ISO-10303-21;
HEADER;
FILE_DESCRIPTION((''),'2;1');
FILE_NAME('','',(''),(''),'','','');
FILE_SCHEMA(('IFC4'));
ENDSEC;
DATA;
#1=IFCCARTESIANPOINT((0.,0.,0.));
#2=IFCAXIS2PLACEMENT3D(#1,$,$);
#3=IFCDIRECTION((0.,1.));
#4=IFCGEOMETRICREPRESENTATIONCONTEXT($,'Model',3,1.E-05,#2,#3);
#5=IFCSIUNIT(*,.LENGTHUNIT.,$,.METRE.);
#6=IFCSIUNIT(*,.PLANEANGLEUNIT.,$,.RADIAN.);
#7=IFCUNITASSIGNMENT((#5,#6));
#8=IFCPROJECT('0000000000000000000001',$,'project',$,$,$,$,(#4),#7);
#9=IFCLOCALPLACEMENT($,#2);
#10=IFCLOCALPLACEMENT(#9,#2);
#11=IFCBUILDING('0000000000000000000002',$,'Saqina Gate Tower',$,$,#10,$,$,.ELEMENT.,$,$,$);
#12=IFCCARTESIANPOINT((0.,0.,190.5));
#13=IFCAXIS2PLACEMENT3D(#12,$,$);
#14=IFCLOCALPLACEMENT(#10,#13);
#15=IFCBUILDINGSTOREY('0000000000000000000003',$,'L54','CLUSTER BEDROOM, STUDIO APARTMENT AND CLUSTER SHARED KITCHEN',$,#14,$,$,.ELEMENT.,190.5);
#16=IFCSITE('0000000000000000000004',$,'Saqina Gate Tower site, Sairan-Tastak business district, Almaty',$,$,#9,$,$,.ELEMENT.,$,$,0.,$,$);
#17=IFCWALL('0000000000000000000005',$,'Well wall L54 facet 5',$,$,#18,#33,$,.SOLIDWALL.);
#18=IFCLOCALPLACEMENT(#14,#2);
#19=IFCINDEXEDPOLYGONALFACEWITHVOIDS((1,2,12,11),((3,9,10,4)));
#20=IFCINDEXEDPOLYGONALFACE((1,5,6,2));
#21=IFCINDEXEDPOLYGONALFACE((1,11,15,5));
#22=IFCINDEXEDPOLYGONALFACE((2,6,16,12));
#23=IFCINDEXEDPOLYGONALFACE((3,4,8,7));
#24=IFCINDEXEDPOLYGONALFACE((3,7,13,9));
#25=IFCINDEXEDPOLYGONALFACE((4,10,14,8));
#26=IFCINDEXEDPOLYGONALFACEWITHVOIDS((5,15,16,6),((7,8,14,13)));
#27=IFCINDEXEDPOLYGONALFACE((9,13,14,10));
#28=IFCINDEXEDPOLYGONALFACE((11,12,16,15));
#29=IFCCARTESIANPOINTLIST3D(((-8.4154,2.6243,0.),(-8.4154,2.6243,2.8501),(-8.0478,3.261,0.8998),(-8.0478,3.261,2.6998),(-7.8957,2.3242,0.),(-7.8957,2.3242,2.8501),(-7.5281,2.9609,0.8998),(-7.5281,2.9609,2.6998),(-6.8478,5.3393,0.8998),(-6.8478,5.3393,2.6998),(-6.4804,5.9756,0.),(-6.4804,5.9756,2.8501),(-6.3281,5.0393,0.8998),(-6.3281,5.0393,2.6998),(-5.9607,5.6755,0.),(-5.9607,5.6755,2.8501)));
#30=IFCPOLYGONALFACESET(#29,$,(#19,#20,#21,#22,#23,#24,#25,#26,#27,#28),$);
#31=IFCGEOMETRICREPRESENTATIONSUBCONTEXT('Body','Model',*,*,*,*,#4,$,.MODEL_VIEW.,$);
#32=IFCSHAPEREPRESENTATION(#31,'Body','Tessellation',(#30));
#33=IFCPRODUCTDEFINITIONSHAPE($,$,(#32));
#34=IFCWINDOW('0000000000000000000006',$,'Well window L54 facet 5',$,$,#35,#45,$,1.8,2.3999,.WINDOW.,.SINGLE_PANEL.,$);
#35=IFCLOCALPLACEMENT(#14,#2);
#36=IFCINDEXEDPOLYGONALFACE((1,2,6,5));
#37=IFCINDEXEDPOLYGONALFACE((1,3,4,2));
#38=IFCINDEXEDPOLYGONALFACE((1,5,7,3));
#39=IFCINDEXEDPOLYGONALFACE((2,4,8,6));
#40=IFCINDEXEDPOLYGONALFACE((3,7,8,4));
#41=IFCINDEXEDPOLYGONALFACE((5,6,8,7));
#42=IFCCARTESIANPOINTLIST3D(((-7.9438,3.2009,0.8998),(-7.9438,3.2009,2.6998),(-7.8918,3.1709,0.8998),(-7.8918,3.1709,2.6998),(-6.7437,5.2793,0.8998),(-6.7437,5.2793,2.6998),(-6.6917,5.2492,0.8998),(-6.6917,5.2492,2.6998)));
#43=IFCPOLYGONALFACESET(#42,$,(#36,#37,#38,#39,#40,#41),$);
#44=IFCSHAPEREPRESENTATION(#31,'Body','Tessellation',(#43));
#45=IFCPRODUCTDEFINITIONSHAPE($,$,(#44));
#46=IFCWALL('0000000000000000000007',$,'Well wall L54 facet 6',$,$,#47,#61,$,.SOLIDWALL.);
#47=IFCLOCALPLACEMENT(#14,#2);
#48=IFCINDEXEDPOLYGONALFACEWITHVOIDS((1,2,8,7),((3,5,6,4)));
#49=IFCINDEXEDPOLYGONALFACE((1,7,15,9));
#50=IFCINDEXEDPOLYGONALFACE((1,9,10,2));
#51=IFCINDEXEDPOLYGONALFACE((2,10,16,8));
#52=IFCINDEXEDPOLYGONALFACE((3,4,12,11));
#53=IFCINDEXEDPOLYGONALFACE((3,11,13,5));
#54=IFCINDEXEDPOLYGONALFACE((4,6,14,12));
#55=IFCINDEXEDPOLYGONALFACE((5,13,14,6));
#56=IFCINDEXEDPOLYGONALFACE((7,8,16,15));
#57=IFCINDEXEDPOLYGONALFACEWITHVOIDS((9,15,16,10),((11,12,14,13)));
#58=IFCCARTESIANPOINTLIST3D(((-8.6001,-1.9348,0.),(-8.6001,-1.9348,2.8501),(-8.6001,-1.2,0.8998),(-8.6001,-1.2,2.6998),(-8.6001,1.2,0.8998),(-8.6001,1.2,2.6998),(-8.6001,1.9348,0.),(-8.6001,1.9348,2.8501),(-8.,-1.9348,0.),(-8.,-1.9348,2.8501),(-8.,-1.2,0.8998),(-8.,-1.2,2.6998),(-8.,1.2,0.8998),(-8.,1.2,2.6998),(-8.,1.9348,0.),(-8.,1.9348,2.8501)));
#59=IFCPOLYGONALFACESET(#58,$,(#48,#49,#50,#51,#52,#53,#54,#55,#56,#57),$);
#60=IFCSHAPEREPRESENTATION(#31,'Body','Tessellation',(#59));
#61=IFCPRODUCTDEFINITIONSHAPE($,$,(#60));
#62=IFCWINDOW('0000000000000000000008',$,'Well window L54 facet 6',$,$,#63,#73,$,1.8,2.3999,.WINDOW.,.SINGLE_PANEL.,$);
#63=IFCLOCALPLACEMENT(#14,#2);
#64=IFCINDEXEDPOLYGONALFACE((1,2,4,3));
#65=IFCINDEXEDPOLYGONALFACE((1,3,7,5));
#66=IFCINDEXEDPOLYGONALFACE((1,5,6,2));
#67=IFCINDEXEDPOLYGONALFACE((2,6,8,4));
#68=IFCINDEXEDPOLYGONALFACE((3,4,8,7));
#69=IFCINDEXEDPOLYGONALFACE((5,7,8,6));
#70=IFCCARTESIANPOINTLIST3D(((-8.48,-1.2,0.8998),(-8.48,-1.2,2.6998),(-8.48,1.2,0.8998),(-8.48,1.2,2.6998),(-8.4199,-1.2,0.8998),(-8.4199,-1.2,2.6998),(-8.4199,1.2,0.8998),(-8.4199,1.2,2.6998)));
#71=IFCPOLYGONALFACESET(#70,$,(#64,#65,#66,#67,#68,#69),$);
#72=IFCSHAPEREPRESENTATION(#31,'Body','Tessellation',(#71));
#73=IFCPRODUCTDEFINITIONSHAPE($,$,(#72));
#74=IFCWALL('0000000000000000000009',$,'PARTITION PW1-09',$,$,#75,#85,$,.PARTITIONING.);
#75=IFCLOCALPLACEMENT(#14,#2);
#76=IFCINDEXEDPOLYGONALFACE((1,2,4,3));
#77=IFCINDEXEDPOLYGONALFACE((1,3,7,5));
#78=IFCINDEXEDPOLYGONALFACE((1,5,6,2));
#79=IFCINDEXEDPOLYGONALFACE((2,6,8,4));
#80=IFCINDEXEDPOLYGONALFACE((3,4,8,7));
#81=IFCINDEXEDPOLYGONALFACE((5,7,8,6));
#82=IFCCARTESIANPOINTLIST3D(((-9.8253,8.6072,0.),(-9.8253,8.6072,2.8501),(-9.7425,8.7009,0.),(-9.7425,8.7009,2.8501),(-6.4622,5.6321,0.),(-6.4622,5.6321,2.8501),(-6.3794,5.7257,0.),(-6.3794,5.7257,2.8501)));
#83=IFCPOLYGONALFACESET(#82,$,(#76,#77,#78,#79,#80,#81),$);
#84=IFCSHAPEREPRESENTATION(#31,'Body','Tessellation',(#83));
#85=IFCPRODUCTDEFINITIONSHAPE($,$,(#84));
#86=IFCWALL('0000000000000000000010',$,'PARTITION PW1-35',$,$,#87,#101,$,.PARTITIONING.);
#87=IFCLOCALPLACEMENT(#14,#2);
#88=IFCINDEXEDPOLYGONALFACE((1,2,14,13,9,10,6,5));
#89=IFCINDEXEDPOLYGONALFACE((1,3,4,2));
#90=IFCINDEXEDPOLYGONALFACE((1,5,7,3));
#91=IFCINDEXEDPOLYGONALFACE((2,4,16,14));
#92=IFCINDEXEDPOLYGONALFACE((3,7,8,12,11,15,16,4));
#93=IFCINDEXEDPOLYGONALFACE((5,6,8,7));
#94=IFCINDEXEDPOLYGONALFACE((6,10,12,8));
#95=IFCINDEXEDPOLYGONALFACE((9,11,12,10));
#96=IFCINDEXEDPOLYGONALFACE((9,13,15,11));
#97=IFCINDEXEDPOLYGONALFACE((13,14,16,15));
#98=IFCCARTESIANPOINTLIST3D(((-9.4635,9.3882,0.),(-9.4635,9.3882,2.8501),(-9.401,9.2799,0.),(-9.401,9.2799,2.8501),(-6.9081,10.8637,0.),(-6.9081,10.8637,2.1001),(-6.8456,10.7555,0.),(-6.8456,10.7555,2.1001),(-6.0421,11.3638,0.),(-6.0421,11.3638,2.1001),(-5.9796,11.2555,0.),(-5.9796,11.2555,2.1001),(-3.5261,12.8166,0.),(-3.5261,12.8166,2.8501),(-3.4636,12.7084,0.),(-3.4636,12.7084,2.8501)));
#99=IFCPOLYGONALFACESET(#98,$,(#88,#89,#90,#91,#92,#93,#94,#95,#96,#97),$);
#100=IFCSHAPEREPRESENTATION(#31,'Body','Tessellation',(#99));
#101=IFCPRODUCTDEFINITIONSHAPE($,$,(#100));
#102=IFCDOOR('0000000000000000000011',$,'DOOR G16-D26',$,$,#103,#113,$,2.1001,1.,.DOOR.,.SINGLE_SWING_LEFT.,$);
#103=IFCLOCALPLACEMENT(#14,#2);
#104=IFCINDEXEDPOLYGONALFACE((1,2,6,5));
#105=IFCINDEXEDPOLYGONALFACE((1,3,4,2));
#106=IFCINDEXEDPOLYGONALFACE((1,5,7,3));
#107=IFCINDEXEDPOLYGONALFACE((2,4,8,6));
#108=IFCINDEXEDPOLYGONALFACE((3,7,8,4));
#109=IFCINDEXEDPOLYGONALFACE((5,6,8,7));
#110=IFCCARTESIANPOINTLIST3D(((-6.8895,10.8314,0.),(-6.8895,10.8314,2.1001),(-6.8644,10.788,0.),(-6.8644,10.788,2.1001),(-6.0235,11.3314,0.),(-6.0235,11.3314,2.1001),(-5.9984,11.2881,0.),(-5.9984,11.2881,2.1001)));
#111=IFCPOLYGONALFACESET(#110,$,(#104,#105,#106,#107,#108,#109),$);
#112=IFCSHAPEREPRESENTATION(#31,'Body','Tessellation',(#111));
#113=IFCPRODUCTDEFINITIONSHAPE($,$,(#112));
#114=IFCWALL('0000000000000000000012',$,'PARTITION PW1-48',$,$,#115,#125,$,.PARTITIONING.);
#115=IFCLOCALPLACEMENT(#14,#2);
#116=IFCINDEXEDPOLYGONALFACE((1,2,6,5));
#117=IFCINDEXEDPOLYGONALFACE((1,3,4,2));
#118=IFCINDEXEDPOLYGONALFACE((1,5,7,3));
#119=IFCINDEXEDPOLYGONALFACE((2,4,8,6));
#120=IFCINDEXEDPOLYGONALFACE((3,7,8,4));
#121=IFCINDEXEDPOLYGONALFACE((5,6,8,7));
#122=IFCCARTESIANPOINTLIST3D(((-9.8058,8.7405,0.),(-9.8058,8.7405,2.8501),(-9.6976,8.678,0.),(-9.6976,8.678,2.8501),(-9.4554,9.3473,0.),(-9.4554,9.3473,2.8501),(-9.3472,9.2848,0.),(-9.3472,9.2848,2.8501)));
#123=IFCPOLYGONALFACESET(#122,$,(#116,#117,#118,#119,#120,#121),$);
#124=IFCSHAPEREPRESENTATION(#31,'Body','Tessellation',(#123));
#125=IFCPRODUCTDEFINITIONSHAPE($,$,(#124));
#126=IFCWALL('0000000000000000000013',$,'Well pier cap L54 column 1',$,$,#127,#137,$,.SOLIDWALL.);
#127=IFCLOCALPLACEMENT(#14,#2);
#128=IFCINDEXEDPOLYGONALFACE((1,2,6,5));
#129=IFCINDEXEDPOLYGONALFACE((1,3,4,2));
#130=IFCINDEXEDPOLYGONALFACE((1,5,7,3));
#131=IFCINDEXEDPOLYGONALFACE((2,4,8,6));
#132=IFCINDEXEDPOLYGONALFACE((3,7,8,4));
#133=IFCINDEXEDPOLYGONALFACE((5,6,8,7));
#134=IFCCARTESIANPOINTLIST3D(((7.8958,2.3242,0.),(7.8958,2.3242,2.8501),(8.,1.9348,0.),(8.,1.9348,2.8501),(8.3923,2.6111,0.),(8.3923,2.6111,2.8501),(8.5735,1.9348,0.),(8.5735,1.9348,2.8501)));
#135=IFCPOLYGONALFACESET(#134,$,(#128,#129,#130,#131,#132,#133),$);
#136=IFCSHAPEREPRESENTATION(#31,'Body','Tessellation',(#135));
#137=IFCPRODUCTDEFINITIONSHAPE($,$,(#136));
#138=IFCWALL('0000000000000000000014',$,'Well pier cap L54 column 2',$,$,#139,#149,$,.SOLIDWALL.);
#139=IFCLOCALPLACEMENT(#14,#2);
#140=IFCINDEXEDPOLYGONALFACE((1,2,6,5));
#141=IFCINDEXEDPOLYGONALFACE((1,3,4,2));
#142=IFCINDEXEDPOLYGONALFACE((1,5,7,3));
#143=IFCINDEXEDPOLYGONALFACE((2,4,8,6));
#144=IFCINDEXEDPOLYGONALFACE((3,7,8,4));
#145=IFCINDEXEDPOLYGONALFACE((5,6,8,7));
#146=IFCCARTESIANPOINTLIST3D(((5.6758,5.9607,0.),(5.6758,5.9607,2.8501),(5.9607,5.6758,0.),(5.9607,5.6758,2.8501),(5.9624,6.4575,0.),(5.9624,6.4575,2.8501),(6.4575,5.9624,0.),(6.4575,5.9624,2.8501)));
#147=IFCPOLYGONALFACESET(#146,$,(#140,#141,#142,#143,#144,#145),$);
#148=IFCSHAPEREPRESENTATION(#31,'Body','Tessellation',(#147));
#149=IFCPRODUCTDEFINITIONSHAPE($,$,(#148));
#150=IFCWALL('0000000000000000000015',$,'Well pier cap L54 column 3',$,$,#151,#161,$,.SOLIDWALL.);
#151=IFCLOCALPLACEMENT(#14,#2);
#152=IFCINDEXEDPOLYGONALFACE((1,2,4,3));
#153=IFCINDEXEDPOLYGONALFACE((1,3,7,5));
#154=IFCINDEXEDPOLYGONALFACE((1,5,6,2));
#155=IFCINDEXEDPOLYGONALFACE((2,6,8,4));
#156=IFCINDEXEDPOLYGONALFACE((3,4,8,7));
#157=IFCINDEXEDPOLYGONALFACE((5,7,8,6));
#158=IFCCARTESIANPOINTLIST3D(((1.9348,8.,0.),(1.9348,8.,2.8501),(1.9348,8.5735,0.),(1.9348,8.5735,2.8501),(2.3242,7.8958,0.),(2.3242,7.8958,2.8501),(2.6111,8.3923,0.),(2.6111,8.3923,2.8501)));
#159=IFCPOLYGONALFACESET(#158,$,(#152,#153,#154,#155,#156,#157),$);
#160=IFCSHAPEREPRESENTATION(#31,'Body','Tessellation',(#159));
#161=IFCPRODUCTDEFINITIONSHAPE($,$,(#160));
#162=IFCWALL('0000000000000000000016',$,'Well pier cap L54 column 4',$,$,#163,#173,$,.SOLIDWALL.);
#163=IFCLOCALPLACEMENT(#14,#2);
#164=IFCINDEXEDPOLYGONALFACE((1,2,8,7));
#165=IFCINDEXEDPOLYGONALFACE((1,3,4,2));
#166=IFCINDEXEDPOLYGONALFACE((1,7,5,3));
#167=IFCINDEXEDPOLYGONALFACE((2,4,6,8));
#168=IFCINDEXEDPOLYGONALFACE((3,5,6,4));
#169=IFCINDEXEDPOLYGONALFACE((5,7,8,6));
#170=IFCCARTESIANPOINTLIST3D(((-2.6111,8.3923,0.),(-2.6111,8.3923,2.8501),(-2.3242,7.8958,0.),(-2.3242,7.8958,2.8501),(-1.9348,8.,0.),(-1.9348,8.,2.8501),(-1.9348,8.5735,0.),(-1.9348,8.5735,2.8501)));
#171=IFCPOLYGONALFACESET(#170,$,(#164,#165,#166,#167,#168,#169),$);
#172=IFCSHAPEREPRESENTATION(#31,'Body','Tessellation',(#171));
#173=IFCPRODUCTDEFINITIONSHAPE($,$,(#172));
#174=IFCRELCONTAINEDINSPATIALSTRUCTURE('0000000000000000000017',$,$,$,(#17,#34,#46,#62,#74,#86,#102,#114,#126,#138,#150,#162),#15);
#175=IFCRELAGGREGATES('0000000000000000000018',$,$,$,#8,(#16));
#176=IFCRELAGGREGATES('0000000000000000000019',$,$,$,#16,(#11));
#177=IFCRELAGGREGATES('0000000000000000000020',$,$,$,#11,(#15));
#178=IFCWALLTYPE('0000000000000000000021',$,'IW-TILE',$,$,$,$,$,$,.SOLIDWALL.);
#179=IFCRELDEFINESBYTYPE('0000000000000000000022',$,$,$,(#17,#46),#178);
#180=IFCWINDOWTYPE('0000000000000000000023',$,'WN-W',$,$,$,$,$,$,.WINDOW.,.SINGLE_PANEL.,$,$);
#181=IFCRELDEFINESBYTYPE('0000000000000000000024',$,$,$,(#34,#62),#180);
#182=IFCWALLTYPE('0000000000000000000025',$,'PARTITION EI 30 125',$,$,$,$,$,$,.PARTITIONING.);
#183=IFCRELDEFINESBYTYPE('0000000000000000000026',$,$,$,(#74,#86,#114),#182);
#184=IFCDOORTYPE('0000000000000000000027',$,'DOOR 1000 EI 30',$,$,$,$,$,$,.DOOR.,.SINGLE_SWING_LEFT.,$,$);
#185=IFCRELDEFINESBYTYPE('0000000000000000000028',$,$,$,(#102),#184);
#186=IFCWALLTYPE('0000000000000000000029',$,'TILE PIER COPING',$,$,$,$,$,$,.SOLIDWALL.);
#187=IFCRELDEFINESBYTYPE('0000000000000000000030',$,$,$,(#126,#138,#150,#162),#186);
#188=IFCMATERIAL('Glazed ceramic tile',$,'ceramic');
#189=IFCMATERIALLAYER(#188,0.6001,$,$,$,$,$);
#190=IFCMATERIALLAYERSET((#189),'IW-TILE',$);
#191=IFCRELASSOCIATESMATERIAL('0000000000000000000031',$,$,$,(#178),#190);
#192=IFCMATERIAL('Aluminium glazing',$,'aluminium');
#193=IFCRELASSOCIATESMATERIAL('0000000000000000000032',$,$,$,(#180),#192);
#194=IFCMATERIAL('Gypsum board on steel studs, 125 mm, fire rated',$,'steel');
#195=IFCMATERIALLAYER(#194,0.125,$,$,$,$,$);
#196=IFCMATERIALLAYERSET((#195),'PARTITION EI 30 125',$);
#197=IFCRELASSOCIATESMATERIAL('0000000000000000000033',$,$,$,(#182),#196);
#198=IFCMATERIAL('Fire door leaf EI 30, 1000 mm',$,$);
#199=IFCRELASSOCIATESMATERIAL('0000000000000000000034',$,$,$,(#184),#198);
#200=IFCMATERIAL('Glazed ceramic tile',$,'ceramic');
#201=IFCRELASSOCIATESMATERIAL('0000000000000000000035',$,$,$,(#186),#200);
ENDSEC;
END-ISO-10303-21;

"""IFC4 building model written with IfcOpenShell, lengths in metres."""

from ifc_helpers import new_model, si_unit, direction, frame, frame_2d, origin, place, context, subcontext, project, spatial, polyline, rectangle, outline, extrude, material, layer, layer_set, type_object, element, fill, save


model = new_model("IFC4")

# Units and contexts
model_context = context("Model", 3, precision=1e-05, world=origin(), true_north=direction((0.0, 1.0)))
body_context = subcontext(model_context, "Body", "Model", "MODEL_VIEW")
ifc_project = project(units=[si_unit("LENGTHUNIT", "METRE"), si_unit("PLANEANGLEUNIT", "RADIAN")], contexts=[model_context])

# Site, building, storey
site_placement = place(None, origin())
site = spatial("IfcSite", under=ifc_project, at=site_placement, Name="Saqina Gate Tower site, Sairan-Tastak business district, Almaty", CompositionType="ELEMENT", RefElevation=0.0)
building_placement = place(site_placement, origin())
building = spatial("IfcBuilding", under=site, at=building_placement, Name="Saqina Gate Tower", CompositionType="ELEMENT")
storey_placement = place(building_placement, frame((0.0, 0.0, 190.5)))
storey = spatial("IfcBuildingStorey", under=building, at=storey_placement, Name="L54", Description="CLUSTER BEDROOM, STUDIO APARTMENT AND CLUSTER SHARED KITCHEN", CompositionType="ELEMENT", Elevation=190.5)

# Walls, openings, windows
ifc_material_1 = material(Name="Glazed ceramic tile", Category="ceramic")
ifc_layer_1 = layer(ifc_material_1, 0.6001)
ifc_layer_set_1 = layer_set([ifc_layer_1], Name="IW-TILE")
wall_type_1 = type_object("IfcWallType", Name="IW-TILE", PredefinedType="SOLIDWALL", material=ifc_layer_set_1)
ifc_material_2 = material(Name="Aluminium glazing", Category="aluminium")
window_type = type_object("IfcWindowType", Name="WN-W", PartitioningType="SINGLE_PANEL", PredefinedType="WINDOW", material=ifc_material_2)
wall_1_placement = place(storey_placement, frame((-6.2205, 5.8257, 0.0), z_axis=(0.0, 0.0, 1.0), x_axis=(-0.500034, -0.866006, 0.0)))
wall_1 = element("IfcWall", 1, at=wall_1_placement, inside=storey, type_object=wall_type_1, Name="Well wall L54 facet 5", PredefinedType="SOLIDWALL", context=body_context, shape_type="SweptSolid", body=[
    extrude(rectangle(XDim=3.8699, YDim=0.6001, at=frame_2d((1.9351, 0.0))), origin(), (0.0, 0.0, 1.0), 2.8501),
])
opening_1_placement = place(wall_1_placement, frame((0.7349, 0.0, 0.8999)))
opening_1 = element("IfcOpeningElement", 2, at=opening_1_placement, cuts=wall_1, PredefinedType="OPENING", context=body_context, shape_type="SweptSolid", body=[
    extrude(rectangle(XDim=2.3999, YDim=1.8, at=frame_2d((1.2, 0.8999))), frame((0.0, 0.312, 0.0), z_axis=(0.0, -1.0, 0.0), x_axis=(1.0, 0.0, 0.0)), (0.0, 0.0, 1.0), 0.624),
])
window_1_placement = place(opening_1_placement, origin())
window_1 = element("IfcWindow", 3, at=window_1_placement, inside=storey, type_object=window_type, Name="Well window L54 facet 5", OverallHeight=1.8, OverallWidth=2.3999, PartitioningType="SINGLE_PANEL", PredefinedType="WINDOW", context=body_context, shape_type="SweptSolid", body=[
    extrude(rectangle(XDim=2.3999, YDim=1.8, at=frame_2d((1.2, 0.8999))), frame((0.0, -0.1199, 0.0), z_axis=(0.0, -1.0, 0.0), x_axis=(1.0, 0.0, 0.0)), (0.0, 0.0, 1.0), 0.0601),
])
fill(opening_1, window_1)
wall_2_placement = place(storey_placement, frame((-8.3, 1.9348, 0.0), z_axis=(0.0, 0.0, 1.0), x_axis=(0.0, -1.0, 0.0)))
wall_2 = element("IfcWall", 4, at=wall_2_placement, inside=storey, type_object=wall_type_1, Name="Well wall L54 facet 6", PredefinedType="SOLIDWALL", context=body_context, shape_type="SweptSolid", body=[
    extrude(rectangle(XDim=3.8696, YDim=0.6001, at=frame_2d((1.9348, 0.0))), origin(), (0.0, 0.0, 1.0), 2.8501),
])
opening_2_placement = place(wall_2_placement, frame((0.7349, 0.0, 0.8999)))
opening_2 = element("IfcOpeningElement", 5, at=opening_2_placement, cuts=wall_2, PredefinedType="OPENING", context=body_context, shape_type="SweptSolid", body=[
    extrude(rectangle(XDim=2.3999, YDim=1.8, at=frame_2d((1.2, 0.8999))), frame((0.0, 0.312, 0.0), z_axis=(0.0, -1.0, 0.0), x_axis=(1.0, 0.0, 0.0)), (0.0, 0.0, 1.0), 0.624),
])
window_2_placement = place(opening_2_placement, origin())
window_2 = element("IfcWindow", 6, at=window_2_placement, inside=storey, type_object=window_type, Name="Well window L54 facet 6", OverallHeight=1.8, OverallWidth=2.3999, PartitioningType="SINGLE_PANEL", PredefinedType="WINDOW", context=body_context, shape_type="SweptSolid", body=[
    extrude(rectangle(XDim=2.3999, YDim=1.8, at=frame_2d((1.2, 0.8999))), frame((0.0, -0.1199, 0.0), z_axis=(0.0, -1.0, 0.0), x_axis=(1.0, 0.0, 0.0)), (0.0, 0.0, 1.0), 0.0601),
])
fill(opening_2, window_2)

# Wall
ifc_material_3 = material(Name="Gypsum board on steel studs, 125 mm, fire rated", Category="steel")
ifc_layer_2 = layer(ifc_material_3, 0.125)
ifc_layer_set_2 = layer_set([ifc_layer_2], Name="PARTITION EI 30 125")
wall_type_2 = type_object("IfcWallType", Name="PARTITION EI 30 125", PredefinedType="PARTITIONING", material=ifc_layer_set_2)
wall_3_placement = place(storey_placement, frame((-9.7839, 8.6541, 0.0), z_axis=(0.0, 0.0, 1.0), x_axis=(0.748985, -0.662587, 0.0)))
element("IfcWall", 7, at=wall_3_placement, inside=storey, type_object=wall_type_2, Name="PARTITION PW1-09", PredefinedType="PARTITIONING", context=body_context, shape_type="SweptSolid", body=[
    extrude(rectangle(XDim=4.4902, YDim=0.125, at=frame_2d((2.2451, 0.0))), origin(), (0.0, 0.0, 1.0), 2.8501),
])

# Wall, opening, door
wall_4_placement = place(storey_placement, frame((-9.4324, 9.334, 0.0), z_axis=(0.0, 0.0, 1.0), x_axis=(0.865997, 0.500049, 0.0)))
wall_4 = element("IfcWall", 8, at=wall_4_placement, inside=storey, type_object=wall_type_2, Name="PARTITION PW1-35", PredefinedType="PARTITIONING", context=body_context, shape_type="SweptSolid", body=[
    extrude(rectangle(XDim=6.8562, YDim=0.125, at=frame_2d((3.4282, 0.0))), origin(), (0.0, 0.0, 1.0), 2.8501),
])
opening_3_placement = place(wall_4_placement, frame((2.9509, 0.0, 0.0)))
opening_3 = element("IfcOpeningElement", 9, at=opening_3_placement, cuts=wall_4, PredefinedType="OPENING", context=body_context, shape_type="SweptSolid", body=[
    extrude(rectangle(XDim=1.0, YDim=2.1001, at=frame_2d((0.5, 1.05))), frame((0.0, 0.0745, 0.0), z_axis=(0.0, -1.0, 0.0), x_axis=(1.0, 0.0, 0.0)), (0.0, 0.0, 1.0), 0.1489),
])
ifc_material_4 = material(Name="Fire door leaf EI 30, 1000 mm")
door_type = type_object("IfcDoorType", Name="DOOR 1000 EI 30", OperationType="SINGLE_SWING_LEFT", PredefinedType="DOOR", material=ifc_material_4)
door_placement = place(opening_3_placement, frame((1.0, 0.0, 0.0), z_axis=(0.0, 0.0, 1.0), x_axis=(-1.0, 0.0, 0.0)))
door = element("IfcDoor", 10, at=door_placement, inside=storey, type_object=door_type, Name="DOOR G16-D26", OperationType="SINGLE_SWING_LEFT", OverallHeight=2.1001, OverallWidth=1.0, PredefinedType="DOOR", context=body_context, shape_type="SweptSolid", body=[
    extrude(rectangle(XDim=1.0, YDim=2.1001, at=frame_2d((0.5, 1.05))), frame((0.0, 0.0249, 0.0), z_axis=(0.0, -1.0, 0.0), x_axis=(1.0, 0.0, 0.0)), (0.0, 0.0, 1.0), 0.05),
])
fill(opening_3, door)

# Walls
wall_5_placement = place(storey_placement, frame((-9.7517, 8.7092, 0.0), z_axis=(0.0, 0.0, 1.0), x_axis=(0.500074, 0.865982, 0.0)))
element("IfcWall", 11, at=wall_5_placement, inside=storey, type_object=wall_type_2, Name="PARTITION PW1-48", PredefinedType="PARTITIONING", context=body_context, shape_type="SweptSolid", body=[
    extrude(rectangle(XDim=0.7007, YDim=0.125, at=frame_2d((0.3503, 0.0))), origin(), (0.0, 0.0, 1.0), 2.8501),
])
ifc_material_5 = material(Name="Glazed ceramic tile", Category="ceramic")
wall_type_3 = type_object("IfcWallType", Name="TILE PIER COPING", PredefinedType="SOLIDWALL", material=ifc_material_5)
wall_6_placement = place(storey_placement, origin())
element("IfcWall", 12, at=wall_6_placement, inside=storey, type_object=wall_type_3, Name="Well pier cap L54 column 1", PredefinedType="SOLIDWALL", context=body_context, shape_type="SweptSolid", body=[
    extrude(outline(polyline([(8.3923, 2.6111), (7.8958, 2.3242), (8.0, 1.9348), (8.5735, 1.9348), (8.3923, 2.6111)])), origin(), (0.0, 0.0, 1.0), 2.8501),
])
wall_7_placement = place(storey_placement, origin())
element("IfcWall", 13, at=wall_7_placement, inside=storey, type_object=wall_type_3, Name="Well pier cap L54 column 2", PredefinedType="SOLIDWALL", context=body_context, shape_type="SweptSolid", body=[
    extrude(outline(polyline([(5.9624, 6.4575), (5.6758, 5.9607), (5.9607, 5.6758), (6.4575, 5.9624), (5.9624, 6.4575)])), origin(), (0.0, 0.0, 1.0), 2.8501),
])
wall_8_placement = place(storey_placement, origin())
element("IfcWall", 14, at=wall_8_placement, inside=storey, type_object=wall_type_3, Name="Well pier cap L54 column 3", PredefinedType="SOLIDWALL", context=body_context, shape_type="SweptSolid", body=[
    extrude(outline(polyline([(1.9348, 8.5735), (1.9348, 8.0), (2.3242, 7.8958), (2.6111, 8.3923), (1.9348, 8.5735)])), origin(), (0.0, 0.0, 1.0), 2.8501),
])
wall_9_placement = place(storey_placement, origin())
element("IfcWall", 15, at=wall_9_placement, inside=storey, type_object=wall_type_3, Name="Well pier cap L54 column 4", PredefinedType="SOLIDWALL", context=body_context, shape_type="SweptSolid", body=[
    extrude(outline(polyline([(-1.9348, 8.0), (-1.9348, 8.5735), (-2.6111, 8.3923), (-2.3242, 7.8958), (-1.9348, 8.0)])), origin(), (0.0, 0.0, 1.0), 2.8501),
])

save(model, "model.ifc")
